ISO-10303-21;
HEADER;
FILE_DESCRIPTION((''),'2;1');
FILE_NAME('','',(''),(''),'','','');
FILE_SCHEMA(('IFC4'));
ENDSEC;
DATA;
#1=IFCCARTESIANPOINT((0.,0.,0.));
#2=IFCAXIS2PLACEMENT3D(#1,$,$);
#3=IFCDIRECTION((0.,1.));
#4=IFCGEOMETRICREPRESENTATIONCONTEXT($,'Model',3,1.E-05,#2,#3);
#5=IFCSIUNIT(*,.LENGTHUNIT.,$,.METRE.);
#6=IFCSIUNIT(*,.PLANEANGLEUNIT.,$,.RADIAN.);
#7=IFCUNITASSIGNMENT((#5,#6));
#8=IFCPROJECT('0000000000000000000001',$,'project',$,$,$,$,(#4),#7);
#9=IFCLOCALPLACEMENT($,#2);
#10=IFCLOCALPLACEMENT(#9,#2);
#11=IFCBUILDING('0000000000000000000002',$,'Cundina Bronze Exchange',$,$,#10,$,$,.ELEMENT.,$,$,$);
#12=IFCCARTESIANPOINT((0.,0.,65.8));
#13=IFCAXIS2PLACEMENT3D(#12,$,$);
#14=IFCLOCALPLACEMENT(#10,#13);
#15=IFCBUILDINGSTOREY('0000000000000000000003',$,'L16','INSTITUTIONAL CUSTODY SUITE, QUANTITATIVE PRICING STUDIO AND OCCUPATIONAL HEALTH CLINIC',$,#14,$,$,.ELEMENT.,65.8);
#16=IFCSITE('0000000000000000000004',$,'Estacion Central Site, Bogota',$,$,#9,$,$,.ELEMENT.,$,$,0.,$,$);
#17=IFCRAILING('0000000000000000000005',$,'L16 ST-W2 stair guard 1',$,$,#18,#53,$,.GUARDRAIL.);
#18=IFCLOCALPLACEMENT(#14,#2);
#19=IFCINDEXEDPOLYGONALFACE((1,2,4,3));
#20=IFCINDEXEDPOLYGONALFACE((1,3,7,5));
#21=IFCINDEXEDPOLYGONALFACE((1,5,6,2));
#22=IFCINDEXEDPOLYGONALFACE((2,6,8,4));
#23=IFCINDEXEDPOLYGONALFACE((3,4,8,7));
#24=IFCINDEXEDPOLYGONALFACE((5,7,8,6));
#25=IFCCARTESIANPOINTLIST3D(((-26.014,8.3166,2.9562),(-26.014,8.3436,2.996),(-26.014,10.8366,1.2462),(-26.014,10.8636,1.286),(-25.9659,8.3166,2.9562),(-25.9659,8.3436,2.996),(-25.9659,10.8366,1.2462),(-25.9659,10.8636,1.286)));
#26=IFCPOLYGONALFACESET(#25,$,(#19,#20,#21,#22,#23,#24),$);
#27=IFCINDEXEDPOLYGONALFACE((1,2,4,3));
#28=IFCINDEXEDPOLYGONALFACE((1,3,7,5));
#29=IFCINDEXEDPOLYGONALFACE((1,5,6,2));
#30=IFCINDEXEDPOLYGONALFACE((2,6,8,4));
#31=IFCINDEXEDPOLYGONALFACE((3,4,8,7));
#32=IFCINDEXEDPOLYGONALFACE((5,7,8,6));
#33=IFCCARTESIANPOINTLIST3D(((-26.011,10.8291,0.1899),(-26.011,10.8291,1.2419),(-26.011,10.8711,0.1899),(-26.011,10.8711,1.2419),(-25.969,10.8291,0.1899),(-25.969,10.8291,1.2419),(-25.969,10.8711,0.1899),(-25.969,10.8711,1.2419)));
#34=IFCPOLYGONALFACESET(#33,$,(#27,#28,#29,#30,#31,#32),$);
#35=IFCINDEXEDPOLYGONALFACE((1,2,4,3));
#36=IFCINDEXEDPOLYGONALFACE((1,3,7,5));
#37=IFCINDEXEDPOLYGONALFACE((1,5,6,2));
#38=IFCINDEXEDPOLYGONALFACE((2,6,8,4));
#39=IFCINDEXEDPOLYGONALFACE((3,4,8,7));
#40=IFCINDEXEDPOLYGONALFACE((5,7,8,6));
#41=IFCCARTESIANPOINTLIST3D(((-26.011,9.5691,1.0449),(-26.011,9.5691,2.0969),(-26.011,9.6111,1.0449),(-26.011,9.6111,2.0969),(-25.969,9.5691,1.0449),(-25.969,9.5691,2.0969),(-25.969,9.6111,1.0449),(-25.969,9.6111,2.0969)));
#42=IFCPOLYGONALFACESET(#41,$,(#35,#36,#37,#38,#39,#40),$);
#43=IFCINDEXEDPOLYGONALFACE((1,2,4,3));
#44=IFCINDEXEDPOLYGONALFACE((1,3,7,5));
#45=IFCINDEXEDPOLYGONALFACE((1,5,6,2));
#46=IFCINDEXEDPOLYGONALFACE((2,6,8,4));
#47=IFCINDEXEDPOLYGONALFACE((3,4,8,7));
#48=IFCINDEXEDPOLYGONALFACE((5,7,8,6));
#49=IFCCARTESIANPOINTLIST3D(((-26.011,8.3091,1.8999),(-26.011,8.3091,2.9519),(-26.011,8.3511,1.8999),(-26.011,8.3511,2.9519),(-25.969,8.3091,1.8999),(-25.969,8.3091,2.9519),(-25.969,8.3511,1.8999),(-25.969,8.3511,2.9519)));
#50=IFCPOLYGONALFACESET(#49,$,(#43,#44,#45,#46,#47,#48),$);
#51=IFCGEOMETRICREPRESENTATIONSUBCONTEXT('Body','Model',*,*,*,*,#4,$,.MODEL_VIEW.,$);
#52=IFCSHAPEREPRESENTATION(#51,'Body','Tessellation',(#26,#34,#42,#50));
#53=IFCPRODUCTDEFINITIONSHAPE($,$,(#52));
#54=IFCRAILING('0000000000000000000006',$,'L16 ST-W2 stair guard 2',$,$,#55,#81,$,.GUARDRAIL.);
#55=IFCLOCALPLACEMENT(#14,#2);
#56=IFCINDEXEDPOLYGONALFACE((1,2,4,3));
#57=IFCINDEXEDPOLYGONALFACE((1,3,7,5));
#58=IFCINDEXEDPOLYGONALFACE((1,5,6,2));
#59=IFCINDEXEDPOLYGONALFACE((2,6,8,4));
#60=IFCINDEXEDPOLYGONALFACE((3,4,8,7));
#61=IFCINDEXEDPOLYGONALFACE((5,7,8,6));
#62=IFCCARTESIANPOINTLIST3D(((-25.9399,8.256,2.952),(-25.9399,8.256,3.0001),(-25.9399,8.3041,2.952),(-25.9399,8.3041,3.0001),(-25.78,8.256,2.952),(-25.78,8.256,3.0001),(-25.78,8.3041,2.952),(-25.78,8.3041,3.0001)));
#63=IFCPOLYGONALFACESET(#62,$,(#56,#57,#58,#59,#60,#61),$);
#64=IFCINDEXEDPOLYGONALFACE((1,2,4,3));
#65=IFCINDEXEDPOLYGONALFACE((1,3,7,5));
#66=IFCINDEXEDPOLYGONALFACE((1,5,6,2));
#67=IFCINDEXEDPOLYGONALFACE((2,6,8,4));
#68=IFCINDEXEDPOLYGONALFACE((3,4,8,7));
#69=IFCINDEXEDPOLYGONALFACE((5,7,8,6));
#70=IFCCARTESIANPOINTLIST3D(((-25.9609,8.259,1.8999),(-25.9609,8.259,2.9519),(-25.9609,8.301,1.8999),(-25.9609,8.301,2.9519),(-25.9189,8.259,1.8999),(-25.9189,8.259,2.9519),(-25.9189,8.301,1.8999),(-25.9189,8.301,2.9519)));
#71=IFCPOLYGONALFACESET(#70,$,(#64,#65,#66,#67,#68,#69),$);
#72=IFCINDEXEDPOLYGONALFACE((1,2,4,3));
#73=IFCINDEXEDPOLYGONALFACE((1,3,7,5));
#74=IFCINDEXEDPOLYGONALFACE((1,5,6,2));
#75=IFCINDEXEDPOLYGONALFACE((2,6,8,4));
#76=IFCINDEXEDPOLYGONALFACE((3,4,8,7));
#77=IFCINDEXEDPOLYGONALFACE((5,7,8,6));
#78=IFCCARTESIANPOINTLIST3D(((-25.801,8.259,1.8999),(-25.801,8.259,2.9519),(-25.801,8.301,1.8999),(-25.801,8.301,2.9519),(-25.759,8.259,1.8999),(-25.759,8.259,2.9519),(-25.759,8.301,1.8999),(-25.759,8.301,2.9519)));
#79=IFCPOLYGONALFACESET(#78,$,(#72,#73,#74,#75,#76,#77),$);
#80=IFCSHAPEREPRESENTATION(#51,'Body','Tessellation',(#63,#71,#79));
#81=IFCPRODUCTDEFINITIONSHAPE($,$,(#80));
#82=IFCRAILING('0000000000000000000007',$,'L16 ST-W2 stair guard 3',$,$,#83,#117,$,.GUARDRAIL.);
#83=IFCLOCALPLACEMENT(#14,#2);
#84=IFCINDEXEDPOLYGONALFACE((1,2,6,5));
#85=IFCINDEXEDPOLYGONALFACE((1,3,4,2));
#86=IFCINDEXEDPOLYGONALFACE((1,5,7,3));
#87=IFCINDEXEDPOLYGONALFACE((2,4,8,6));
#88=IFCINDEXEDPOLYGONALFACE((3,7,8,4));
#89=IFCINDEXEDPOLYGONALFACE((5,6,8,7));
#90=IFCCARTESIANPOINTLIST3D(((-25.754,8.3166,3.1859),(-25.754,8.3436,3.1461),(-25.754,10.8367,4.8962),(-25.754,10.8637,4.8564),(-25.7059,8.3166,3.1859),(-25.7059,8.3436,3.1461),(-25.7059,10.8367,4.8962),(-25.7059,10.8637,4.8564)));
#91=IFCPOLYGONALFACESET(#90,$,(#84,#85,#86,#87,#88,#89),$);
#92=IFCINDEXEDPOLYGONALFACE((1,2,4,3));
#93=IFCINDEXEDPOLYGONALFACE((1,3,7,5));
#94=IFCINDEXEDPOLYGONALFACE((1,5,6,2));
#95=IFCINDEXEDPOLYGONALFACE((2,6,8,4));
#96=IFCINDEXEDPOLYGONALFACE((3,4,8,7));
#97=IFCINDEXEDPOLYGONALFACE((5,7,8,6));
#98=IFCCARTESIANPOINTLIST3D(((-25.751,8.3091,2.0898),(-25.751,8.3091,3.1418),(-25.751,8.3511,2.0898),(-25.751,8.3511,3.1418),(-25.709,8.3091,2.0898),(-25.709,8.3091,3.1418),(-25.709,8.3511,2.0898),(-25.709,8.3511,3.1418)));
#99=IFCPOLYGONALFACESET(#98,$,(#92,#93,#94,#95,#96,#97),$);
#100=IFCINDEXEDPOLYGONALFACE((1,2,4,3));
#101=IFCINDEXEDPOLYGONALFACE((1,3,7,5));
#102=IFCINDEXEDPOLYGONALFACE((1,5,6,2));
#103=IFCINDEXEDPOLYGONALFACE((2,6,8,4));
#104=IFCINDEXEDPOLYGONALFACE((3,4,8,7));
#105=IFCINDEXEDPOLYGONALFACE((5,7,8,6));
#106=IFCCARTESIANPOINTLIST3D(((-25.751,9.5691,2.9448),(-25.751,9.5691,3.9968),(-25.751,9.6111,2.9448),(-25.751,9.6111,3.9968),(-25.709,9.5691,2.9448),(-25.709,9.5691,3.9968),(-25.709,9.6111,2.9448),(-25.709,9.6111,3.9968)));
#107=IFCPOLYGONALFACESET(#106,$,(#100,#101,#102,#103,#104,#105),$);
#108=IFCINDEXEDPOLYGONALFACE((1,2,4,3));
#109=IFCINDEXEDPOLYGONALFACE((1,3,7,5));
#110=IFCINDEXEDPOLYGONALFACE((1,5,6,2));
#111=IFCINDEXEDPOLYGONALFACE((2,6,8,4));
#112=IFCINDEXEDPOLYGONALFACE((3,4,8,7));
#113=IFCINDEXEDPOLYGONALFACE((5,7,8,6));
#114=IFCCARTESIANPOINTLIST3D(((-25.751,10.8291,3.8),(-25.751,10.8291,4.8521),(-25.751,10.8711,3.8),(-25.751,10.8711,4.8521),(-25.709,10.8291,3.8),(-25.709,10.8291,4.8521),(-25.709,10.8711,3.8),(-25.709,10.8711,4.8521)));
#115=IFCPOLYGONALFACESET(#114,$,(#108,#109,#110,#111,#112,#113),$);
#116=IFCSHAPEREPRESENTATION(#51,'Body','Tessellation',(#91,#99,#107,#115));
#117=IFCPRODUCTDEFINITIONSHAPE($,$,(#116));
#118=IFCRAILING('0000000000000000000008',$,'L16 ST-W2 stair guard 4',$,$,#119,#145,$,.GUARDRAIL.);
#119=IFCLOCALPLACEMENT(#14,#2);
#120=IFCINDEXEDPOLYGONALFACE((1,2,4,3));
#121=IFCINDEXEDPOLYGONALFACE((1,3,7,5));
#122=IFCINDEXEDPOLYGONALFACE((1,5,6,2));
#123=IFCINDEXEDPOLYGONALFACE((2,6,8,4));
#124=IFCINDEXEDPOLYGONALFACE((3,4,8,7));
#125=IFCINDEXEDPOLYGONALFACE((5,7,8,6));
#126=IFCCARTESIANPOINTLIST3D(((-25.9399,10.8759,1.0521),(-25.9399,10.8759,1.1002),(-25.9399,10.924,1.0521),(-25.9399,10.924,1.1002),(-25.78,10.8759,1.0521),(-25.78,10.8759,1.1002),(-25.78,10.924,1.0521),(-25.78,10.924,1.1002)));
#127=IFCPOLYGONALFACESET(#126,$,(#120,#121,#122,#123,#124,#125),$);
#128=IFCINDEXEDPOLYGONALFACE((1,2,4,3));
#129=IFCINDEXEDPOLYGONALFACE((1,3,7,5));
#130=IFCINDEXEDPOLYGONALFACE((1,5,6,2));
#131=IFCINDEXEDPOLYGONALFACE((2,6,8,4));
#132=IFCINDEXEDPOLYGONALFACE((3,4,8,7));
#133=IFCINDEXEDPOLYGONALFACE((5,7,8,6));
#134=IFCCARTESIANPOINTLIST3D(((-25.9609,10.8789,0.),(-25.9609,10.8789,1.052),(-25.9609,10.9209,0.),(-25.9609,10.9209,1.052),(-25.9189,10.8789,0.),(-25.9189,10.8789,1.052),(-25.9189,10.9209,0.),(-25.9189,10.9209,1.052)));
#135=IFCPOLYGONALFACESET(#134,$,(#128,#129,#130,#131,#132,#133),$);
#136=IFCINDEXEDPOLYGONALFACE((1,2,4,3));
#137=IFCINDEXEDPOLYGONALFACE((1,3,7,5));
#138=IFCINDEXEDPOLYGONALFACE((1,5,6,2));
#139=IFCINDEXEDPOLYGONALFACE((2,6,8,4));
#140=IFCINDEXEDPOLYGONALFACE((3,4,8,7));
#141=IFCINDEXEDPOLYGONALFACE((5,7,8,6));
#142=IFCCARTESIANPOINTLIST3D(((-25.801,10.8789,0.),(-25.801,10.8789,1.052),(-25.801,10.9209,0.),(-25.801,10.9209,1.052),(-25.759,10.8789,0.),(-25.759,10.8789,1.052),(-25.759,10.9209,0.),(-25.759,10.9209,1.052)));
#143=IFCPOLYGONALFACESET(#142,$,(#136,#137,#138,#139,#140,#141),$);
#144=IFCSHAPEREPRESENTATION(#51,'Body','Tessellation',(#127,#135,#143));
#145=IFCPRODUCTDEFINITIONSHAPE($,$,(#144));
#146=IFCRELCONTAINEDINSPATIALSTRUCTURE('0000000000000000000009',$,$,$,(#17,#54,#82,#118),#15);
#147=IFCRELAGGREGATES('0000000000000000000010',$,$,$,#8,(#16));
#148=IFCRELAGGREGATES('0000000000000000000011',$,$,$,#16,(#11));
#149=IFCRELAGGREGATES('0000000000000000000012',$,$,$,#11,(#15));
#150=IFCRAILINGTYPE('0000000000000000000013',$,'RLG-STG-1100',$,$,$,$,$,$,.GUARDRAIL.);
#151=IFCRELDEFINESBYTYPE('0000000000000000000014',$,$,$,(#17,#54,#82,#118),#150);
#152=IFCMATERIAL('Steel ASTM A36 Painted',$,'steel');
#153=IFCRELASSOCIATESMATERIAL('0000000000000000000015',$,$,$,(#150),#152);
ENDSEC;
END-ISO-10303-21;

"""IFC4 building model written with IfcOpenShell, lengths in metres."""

from ifc_helpers import new_model, si_unit, direction, frame, origin, origin_2d, place, context, subcontext, project, spatial, rectangle, extrude, material, type_object, element, save


model = new_model("IFC4")

# Units and contexts
model_context = context("Model", 3, precision=1e-05, world=origin(), true_north=direction((0.0, 1.0)))
body_context = subcontext(model_context, "Body", "Model", "MODEL_VIEW")
ifc_project = project(units=[si_unit("LENGTHUNIT", "METRE"), si_unit("PLANEANGLEUNIT", "RADIAN")], contexts=[model_context])

# Site, building, storey
site_placement = place(None, origin())
site = spatial("IfcSite", under=ifc_project, at=site_placement, Name="Estacion Central Site, Bogota", CompositionType="ELEMENT", RefElevation=0.0)
building_placement = place(site_placement, origin())
building = spatial("IfcBuilding", under=site, at=building_placement, Name="Cundina Bronze Exchange", CompositionType="ELEMENT")
storey_placement = place(building_placement, frame((0.0, 0.0, 65.8)))
storey = spatial("IfcBuildingStorey", under=building, at=storey_placement, Name="L16", Description="INSTITUTIONAL CUSTODY SUITE, QUANTITATIVE PRICING STUDIO AND OCCUPATIONAL HEALTH CLINIC", CompositionType="ELEMENT", Elevation=65.8)

# Shared definitions
ifc_material_1 = material(Name="Steel ASTM A36 Painted", Category="steel")

# Railings
railing_type_1 = type_object("IfcRailingType", Name="RLG-STG-1100", PredefinedType="GUARDRAIL", material=ifc_material_1)
railing_1_placement = place(storey_placement, frame((-25.99, 10.8501, 0.1899)))
element("IfcRailing", 1, at=railing_1_placement, inside=storey, type_object=railing_type_1, Name="L16 ST-W2 stair guard 1", PredefinedType="GUARDRAIL", context=body_context, shape_type="SweptSolid", body=[
    extrude(rectangle(XDim=0.0481, YDim=0.0481, at=origin_2d()), frame((0.0, 0.0, 1.0762), z_axis=(0.0, -0.827484, 0.56149), x_axis=(1.0, 0.0, 0.0)), (0.0, 0.0, 1.0), 3.0454),
    extrude(rectangle(XDim=0.042, YDim=0.042, at=origin_2d()), origin(), (0.0, 0.0, 1.0), 1.052),
    extrude(rectangle(XDim=0.042, YDim=0.042, at=origin_2d()), frame((0.0, -1.26, 0.855)), (0.0, 0.0, 1.0), 1.052),
    extrude(rectangle(XDim=0.042, YDim=0.042, at=origin_2d()), frame((0.0, -2.52, 1.71)), (0.0, 0.0, 1.0), 1.052),
])
railing_2_placement = place(storey_placement, frame((-25.9399, 8.28, 1.8999)))
element("IfcRailing", 2, at=railing_2_placement, inside=storey, type_object=railing_type_1, Name="L16 ST-W2 stair guard 2", PredefinedType="GUARDRAIL", context=body_context, shape_type="SweptSolid", body=[
    extrude(rectangle(XDim=0.0481, YDim=0.0481, at=origin_2d()), frame((0.0, 0.0, 1.0762), z_axis=(1.0, 0.0, 0.0), x_axis=(0.0, 1.0, 0.0)), (0.0, 0.0, 1.0), 0.1599),
    extrude(rectangle(XDim=0.042, YDim=0.042, at=origin_2d()), origin(), (0.0, 0.0, 1.0), 1.052),
    extrude(rectangle(XDim=0.042, YDim=0.042, at=origin_2d()), frame((0.1599, 0.0, 0.0)), (0.0, 0.0, 1.0), 1.052),
])
railing_3_placement = place(storey_placement, frame((-25.73, 8.3301, 2.0898)))
element("IfcRailing", 3, at=railing_3_placement, inside=storey, type_object=railing_type_1, Name="L16 ST-W2 stair guard 3", PredefinedType="GUARDRAIL", context=body_context, shape_type="SweptSolid", body=[
    extrude(rectangle(XDim=0.0481, YDim=0.0481, at=origin_2d()), frame((0.0, 0.0, 1.0762), z_axis=(0.0, 0.827447, 0.561545), x_axis=(-1.0, 0.0, 0.0)), (0.0, 0.0, 1.0), 3.0457),
    extrude(rectangle(XDim=0.042, YDim=0.042, at=origin_2d()), origin(), (0.0, 0.0, 1.0), 1.052),
    extrude(rectangle(XDim=0.042, YDim=0.042, at=origin_2d()), frame((0.0, 1.26, 0.855)), (0.0, 0.0, 1.0), 1.052),
    extrude(rectangle(XDim=0.042, YDim=0.042, at=origin_2d()), frame((0.0, 2.52, 1.7102)), (0.0, 0.0, 1.0), 1.052),
])
railing_4_placement = place(storey_placement, frame((-25.9399, 10.8999, 0.0)))
element("IfcRailing", 4, at=railing_4_placement, inside=storey, type_object=railing_type_1, Name="L16 ST-W2 stair guard 4", PredefinedType="GUARDRAIL", context=body_context, shape_type="SweptSolid", body=[
    extrude(rectangle(XDim=0.0481, YDim=0.0481, at=origin_2d()), frame((0.0, 0.0, 1.0762), z_axis=(1.0, 0.0, 0.0), x_axis=(0.0, 1.0, 0.0)), (0.0, 0.0, 1.0), 0.1599),
    extrude(rectangle(XDim=0.042, YDim=0.042, at=origin_2d()), origin(), (0.0, 0.0, 1.0), 1.052),
    extrude(rectangle(XDim=0.042, YDim=0.042, at=origin_2d()), frame((0.1599, 0.0, 0.0)), (0.0, 0.0, 1.0), 1.052),
])

save(model, "model.ifc")
